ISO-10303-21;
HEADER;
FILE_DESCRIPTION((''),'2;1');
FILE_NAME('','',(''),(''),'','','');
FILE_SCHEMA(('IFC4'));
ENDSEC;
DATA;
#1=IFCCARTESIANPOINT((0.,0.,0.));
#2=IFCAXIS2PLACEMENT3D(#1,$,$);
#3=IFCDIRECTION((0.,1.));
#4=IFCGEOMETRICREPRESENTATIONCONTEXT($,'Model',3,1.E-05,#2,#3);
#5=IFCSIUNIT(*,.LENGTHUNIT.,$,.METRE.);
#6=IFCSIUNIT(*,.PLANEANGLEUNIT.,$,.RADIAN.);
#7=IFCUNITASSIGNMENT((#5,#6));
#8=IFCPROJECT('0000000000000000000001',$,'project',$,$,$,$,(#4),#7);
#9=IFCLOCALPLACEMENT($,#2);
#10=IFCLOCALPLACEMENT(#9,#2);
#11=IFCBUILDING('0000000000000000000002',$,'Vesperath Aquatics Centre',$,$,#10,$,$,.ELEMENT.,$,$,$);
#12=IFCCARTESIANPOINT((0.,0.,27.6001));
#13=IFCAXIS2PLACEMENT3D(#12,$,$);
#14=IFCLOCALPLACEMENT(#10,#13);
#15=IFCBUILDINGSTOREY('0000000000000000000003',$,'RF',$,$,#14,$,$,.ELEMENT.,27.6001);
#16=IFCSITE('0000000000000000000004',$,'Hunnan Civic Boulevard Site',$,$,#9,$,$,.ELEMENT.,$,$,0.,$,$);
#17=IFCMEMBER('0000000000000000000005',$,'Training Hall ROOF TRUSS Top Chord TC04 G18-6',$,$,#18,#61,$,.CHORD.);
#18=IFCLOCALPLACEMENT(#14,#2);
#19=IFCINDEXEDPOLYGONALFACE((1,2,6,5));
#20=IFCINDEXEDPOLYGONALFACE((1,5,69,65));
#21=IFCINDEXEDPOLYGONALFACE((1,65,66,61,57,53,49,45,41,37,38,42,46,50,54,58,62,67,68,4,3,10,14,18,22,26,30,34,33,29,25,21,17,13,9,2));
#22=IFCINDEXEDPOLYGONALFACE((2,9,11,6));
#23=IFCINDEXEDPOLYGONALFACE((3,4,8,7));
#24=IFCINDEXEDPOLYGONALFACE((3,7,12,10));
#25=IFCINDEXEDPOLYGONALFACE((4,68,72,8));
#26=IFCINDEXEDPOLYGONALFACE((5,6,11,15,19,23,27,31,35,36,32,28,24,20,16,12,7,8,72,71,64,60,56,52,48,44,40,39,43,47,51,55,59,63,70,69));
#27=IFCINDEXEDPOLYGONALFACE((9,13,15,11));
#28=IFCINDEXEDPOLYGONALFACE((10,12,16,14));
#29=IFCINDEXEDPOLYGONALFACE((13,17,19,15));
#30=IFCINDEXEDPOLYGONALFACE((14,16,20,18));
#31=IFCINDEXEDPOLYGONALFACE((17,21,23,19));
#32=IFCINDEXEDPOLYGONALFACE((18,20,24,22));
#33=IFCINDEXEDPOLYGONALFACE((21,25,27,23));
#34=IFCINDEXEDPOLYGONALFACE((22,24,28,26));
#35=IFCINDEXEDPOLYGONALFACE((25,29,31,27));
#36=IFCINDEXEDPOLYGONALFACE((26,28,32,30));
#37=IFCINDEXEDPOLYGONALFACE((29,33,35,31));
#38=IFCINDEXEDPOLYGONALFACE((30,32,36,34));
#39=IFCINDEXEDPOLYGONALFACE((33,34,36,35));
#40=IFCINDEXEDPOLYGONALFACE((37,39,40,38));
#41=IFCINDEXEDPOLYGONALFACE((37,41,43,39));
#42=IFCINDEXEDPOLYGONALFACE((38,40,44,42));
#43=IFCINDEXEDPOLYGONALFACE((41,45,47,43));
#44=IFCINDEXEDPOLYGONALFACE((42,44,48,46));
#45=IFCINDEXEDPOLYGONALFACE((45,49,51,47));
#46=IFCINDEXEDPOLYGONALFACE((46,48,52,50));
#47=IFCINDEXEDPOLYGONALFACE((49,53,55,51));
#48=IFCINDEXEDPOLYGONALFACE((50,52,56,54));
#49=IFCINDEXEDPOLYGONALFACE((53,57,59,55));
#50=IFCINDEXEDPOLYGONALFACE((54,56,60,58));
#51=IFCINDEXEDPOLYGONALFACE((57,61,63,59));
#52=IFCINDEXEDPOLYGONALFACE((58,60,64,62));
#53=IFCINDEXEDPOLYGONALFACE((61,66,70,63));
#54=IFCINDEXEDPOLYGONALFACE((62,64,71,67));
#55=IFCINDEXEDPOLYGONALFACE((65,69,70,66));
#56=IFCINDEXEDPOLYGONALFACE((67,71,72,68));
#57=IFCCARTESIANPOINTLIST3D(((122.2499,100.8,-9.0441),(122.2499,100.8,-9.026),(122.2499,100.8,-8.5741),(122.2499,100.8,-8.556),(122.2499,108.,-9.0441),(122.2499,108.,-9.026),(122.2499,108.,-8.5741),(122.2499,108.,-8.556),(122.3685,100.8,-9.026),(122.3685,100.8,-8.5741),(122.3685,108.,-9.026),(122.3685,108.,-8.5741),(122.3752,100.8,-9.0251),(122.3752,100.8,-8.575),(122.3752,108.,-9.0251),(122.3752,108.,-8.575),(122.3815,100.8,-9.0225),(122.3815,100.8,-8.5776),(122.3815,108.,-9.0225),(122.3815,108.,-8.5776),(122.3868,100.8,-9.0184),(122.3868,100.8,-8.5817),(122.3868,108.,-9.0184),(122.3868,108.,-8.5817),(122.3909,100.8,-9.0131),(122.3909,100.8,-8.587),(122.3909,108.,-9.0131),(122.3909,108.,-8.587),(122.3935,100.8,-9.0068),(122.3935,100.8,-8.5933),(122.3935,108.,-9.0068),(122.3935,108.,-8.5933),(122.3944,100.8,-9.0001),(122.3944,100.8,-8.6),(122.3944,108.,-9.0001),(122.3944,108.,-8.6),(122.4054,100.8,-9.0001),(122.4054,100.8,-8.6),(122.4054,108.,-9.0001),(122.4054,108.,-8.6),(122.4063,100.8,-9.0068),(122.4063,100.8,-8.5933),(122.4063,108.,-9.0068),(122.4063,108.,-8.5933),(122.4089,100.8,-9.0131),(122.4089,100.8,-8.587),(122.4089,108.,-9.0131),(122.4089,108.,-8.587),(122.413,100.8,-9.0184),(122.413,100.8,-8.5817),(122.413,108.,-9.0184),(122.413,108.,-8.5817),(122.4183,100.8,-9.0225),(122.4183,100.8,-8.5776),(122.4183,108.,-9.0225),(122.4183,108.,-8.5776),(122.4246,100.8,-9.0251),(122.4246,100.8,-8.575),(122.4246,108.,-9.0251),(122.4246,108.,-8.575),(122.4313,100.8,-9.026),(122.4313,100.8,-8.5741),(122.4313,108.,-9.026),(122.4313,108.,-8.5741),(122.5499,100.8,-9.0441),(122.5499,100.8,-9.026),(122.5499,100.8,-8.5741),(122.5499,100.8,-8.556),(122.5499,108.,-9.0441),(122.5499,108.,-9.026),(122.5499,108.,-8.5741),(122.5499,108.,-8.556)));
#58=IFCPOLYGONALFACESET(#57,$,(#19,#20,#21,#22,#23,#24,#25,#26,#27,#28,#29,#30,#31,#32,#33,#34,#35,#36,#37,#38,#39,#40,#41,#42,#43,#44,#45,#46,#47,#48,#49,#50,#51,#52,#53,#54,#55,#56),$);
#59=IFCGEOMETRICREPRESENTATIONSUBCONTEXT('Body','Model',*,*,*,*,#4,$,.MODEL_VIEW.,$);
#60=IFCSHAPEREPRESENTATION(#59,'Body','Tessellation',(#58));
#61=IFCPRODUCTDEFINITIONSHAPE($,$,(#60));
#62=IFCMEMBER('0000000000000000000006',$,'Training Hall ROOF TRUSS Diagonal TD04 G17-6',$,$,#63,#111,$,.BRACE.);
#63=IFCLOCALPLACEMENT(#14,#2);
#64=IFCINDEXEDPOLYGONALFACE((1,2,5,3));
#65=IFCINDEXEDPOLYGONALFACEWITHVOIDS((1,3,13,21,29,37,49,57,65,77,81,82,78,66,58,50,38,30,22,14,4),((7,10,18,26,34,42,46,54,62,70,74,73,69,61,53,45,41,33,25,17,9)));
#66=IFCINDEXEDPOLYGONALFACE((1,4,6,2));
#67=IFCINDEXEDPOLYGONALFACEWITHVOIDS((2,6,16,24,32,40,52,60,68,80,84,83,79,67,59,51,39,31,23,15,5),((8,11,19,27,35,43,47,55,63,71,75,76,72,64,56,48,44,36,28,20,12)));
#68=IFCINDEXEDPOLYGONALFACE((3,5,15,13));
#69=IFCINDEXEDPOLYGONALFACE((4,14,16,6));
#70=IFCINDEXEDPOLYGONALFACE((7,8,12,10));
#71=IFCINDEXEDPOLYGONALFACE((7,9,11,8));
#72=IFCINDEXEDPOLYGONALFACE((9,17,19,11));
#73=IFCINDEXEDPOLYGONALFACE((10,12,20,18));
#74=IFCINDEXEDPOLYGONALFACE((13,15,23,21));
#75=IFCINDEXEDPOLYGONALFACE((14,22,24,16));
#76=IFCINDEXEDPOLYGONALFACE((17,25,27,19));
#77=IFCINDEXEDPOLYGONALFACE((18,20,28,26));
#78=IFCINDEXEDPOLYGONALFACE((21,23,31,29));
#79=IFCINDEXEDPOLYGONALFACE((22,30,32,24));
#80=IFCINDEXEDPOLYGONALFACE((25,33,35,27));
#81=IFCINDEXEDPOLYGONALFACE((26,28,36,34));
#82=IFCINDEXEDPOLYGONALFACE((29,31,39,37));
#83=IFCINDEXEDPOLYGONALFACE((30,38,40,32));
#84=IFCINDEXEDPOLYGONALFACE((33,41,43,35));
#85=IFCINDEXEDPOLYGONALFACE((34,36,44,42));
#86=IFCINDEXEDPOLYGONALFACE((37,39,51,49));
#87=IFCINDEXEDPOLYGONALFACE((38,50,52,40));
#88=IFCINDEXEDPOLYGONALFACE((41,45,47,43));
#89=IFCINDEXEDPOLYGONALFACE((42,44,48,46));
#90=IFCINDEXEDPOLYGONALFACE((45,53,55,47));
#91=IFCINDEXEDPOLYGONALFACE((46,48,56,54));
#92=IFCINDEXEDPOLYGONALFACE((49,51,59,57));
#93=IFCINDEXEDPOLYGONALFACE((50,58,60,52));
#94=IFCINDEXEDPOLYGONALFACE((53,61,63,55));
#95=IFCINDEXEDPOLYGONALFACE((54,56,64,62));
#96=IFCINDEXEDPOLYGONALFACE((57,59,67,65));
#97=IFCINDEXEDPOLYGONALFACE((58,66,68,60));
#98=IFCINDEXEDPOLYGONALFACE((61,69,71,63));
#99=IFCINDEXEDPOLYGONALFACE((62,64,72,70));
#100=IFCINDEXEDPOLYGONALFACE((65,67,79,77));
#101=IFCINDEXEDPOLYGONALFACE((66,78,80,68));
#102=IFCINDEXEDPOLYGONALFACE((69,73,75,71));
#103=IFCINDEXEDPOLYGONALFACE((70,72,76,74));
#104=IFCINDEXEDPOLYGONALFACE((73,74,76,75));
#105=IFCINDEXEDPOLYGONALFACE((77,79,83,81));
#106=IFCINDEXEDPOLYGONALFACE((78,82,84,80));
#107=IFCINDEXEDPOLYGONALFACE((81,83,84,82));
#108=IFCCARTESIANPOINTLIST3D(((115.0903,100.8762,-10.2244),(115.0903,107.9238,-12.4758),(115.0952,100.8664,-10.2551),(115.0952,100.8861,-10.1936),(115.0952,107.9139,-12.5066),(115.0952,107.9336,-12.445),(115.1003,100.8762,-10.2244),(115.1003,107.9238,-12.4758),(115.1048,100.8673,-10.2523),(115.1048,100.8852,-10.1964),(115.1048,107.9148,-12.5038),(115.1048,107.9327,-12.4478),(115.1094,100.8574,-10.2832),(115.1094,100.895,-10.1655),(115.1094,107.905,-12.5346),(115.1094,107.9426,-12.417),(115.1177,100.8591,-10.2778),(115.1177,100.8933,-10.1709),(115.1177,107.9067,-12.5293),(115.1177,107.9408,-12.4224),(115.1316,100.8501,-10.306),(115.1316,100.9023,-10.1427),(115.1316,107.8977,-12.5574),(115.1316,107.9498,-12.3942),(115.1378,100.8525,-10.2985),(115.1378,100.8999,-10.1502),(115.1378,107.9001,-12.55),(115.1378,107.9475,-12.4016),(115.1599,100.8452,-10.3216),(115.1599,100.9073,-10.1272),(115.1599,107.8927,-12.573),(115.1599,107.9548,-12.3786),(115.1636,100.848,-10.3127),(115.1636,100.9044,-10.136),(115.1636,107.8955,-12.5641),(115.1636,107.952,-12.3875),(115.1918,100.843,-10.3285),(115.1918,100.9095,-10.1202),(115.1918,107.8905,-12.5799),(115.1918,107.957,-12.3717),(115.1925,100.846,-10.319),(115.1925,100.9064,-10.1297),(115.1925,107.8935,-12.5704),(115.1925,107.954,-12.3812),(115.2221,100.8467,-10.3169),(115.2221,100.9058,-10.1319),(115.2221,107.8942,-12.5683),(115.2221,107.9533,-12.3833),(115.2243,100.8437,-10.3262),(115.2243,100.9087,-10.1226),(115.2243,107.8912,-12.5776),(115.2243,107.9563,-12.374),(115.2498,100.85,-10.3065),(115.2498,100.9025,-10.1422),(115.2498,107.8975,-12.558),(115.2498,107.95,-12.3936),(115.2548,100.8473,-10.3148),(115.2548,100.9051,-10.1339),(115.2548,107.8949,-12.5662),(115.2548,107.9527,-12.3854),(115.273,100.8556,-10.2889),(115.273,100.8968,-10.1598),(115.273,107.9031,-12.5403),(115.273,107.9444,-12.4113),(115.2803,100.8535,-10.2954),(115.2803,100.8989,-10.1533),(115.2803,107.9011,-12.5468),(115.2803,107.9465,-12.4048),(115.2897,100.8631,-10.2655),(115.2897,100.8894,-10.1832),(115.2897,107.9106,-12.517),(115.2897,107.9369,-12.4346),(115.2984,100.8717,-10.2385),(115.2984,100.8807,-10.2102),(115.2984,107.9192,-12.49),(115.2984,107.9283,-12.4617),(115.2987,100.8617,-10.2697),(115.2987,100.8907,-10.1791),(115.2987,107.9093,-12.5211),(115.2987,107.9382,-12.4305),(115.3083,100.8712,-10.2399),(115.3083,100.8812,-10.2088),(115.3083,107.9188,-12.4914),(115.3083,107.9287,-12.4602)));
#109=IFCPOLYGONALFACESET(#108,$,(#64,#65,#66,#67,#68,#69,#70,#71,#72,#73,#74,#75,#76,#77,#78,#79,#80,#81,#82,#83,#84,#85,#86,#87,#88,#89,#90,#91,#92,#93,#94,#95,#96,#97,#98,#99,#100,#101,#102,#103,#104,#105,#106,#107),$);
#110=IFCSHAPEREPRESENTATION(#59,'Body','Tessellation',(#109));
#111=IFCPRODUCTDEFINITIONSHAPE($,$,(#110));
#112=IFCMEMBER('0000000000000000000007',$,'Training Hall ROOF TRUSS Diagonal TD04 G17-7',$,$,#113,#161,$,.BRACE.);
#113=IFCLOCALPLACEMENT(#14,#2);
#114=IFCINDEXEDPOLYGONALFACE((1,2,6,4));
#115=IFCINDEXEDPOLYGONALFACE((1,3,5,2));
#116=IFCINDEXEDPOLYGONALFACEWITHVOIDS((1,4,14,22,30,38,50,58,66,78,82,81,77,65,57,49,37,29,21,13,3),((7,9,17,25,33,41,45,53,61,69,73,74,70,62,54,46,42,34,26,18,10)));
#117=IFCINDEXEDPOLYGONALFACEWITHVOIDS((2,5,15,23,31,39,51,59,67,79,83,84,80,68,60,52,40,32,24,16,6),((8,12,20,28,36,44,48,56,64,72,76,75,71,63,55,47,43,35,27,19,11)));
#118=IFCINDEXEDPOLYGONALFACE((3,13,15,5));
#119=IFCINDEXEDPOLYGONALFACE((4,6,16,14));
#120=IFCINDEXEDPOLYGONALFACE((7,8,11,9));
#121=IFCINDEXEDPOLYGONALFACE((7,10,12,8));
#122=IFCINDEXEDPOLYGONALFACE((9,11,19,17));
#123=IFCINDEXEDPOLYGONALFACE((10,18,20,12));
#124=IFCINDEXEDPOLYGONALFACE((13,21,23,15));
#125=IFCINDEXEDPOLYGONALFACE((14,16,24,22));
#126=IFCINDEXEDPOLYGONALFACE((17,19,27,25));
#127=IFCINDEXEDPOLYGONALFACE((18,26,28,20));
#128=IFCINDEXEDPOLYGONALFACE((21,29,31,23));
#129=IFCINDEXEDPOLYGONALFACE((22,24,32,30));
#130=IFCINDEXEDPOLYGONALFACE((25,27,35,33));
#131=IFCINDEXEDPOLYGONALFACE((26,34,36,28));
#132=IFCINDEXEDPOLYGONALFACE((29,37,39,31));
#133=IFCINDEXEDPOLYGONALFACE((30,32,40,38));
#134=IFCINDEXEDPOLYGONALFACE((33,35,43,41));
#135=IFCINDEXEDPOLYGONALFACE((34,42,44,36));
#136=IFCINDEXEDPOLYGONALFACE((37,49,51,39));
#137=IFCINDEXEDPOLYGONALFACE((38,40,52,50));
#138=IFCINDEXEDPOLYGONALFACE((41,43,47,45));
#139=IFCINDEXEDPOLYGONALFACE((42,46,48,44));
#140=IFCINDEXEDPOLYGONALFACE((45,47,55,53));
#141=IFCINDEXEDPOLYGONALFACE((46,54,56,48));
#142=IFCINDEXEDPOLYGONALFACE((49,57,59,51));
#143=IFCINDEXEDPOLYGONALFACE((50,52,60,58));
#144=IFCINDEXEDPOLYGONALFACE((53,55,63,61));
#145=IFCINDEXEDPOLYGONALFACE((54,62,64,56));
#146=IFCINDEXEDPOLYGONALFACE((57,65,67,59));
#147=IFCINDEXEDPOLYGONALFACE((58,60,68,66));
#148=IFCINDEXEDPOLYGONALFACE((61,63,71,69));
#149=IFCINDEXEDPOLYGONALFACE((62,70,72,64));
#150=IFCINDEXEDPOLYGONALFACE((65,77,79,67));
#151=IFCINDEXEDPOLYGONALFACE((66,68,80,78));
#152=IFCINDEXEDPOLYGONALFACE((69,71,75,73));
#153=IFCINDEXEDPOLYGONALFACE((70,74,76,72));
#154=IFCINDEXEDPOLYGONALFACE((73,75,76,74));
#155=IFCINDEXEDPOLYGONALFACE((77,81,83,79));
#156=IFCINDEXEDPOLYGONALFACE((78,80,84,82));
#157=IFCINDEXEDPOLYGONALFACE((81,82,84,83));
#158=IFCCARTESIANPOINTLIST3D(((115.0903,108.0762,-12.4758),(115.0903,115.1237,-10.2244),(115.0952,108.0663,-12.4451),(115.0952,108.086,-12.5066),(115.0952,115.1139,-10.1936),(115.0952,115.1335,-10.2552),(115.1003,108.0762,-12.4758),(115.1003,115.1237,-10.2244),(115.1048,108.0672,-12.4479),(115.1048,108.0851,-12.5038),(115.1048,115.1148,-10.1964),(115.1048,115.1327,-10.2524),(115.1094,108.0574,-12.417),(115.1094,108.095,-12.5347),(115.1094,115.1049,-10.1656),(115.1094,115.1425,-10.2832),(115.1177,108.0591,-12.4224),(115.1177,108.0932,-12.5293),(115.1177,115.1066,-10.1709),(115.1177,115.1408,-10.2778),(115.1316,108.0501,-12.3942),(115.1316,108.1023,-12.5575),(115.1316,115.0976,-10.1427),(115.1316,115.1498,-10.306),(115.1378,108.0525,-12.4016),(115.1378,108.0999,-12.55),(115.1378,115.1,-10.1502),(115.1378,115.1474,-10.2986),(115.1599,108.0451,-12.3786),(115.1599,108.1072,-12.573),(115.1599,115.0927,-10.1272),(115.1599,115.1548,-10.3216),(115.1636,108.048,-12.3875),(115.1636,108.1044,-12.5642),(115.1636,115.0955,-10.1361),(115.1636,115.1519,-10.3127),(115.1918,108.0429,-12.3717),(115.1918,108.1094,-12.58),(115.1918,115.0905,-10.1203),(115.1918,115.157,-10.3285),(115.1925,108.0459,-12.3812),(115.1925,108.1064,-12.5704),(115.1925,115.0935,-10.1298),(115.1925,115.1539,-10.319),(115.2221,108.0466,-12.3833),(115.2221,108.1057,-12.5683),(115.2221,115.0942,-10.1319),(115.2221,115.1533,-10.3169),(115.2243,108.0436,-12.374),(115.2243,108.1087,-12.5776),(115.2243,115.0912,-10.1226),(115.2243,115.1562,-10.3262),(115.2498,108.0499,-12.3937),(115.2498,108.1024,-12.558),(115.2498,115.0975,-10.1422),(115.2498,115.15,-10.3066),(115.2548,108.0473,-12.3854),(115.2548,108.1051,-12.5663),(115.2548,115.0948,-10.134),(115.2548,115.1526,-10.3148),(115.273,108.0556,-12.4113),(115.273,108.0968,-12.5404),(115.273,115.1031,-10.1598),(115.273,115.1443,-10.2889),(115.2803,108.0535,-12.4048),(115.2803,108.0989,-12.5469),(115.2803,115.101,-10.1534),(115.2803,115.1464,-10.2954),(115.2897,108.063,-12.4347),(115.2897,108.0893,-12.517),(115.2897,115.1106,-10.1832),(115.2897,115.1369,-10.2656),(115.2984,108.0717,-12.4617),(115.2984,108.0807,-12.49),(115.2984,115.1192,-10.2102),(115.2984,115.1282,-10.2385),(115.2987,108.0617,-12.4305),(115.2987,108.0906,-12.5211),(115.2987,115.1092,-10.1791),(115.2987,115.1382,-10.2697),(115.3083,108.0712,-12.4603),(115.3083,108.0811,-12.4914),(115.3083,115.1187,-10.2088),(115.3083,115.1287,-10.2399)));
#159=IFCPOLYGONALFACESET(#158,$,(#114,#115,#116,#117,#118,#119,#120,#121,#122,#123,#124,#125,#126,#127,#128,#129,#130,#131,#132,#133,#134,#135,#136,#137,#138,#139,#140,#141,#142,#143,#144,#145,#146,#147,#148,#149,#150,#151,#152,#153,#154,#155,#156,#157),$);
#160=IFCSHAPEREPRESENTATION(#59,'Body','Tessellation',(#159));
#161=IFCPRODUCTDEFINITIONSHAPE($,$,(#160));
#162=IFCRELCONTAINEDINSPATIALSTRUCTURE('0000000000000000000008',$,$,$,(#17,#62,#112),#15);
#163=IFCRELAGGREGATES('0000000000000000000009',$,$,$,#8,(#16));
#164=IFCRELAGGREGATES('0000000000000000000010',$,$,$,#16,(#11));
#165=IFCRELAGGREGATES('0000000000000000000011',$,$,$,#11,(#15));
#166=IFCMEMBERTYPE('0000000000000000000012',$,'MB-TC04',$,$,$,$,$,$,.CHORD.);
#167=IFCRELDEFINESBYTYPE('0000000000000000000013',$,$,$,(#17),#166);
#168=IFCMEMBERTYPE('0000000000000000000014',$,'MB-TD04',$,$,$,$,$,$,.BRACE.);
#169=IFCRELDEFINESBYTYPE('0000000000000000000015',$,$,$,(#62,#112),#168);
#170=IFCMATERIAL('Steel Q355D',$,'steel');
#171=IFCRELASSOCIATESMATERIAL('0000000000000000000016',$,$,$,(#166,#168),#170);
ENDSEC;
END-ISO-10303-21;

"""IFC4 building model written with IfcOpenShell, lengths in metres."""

from ifc_helpers import new_model, si_unit, direction, frame, origin, origin_2d, place, context, subcontext, project, spatial, hollow_circle, i_section, extrude, material, material_profile, profile_set, type_object, element, save


model = new_model("IFC4")

# Units and contexts
model_context = context("Model", 3, precision=1e-05, world=origin(), true_north=direction((0.0, 1.0)))
body_context = subcontext(model_context, "Body", "Model", "MODEL_VIEW")
ifc_project = project(units=[si_unit("LENGTHUNIT", "METRE"), si_unit("PLANEANGLEUNIT", "RADIAN")], contexts=[model_context])

# Site, building, storey
site_placement = place(None, origin())
site = spatial("IfcSite", under=ifc_project, at=site_placement, Name="Hunnan Civic Boulevard Site", CompositionType="ELEMENT", RefElevation=0.0)
building_placement = place(site_placement, origin())
building = spatial("IfcBuilding", under=site, at=building_placement, Name="Vesperath Aquatics Centre", CompositionType="ELEMENT")
storey_placement = place(building_placement, frame((0.0, 0.0, 27.6001)))
storey = spatial("IfcBuildingStorey", under=building, at=storey_placement, Name="RF", CompositionType="ELEMENT", Elevation=27.6001)

# Members
ifc_material_1 = material(Name="Steel Q355D", Category="steel")
ifc_material_profile_1 = material_profile(ifc_material_1, i_section(OverallWidth=0.3, OverallDepth=0.488, WebThickness=0.011, FlangeThickness=0.0181, FilletRadius=0.0259, at=origin_2d()), Name="HM 488x300x11x18")
ifc_profile_set_1 = profile_set([ifc_material_profile_1], Name="Steel Q355D")
member_type_1 = type_object("IfcMemberType", Name="MB-TC04", PredefinedType="CHORD", material=ifc_profile_set_1)
for number, where, z_axis, x_axis, name in (
    (1, (122.3999, 100.8, -8.8), (0.0, 1.0, 0.0), (-1.0, 0.0, 0.0), "Training Hall ROOF TRUSS Top Chord TC04 G18-6"),
):
    element("IfcMember", number, at=place(storey_placement, frame(where, z_axis=z_axis, x_axis=x_axis)), inside=storey, type_object=member_type_1, Name=name, PredefinedType="CHORD", context=body_context, shape_type="SweptSolid", body=[
        extrude(i_section(OverallWidth=0.3, OverallDepth=0.488, WebThickness=0.011, FlangeThickness=0.0181, FilletRadius=0.0259, at=origin_2d()), origin(), (0.0, 0.0, 1.0), 7.2),
    ])
ifc_material_profile_2 = material_profile(ifc_material_1, hollow_circle(Radius=0.1096, WallThickness=0.01, at=origin_2d()), Name="CHS 219.1x10")
ifc_profile_set_2 = profile_set([ifc_material_profile_2], Name="Steel Q355D")
member_type_2 = type_object("IfcMemberType", Name="MB-TD04", PredefinedType="BRACE", material=ifc_profile_set_2)
for number, where, z_axis, x_axis, name in (
    (2, (115.2, 100.8762, -10.2244), (0.0, 0.952572, -0.304314), (-1.0, 0.0, 0.0), "Training Hall ROOF TRUSS Diagonal TD04 G17-6"),
    (3, (115.2, 108.0762, -12.4758), (0.0, 0.952572, 0.304314), (-1.0, 0.0, 0.0), "Training Hall ROOF TRUSS Diagonal TD04 G17-7"),
):
    element("IfcMember", number, at=place(storey_placement, frame(where, z_axis=z_axis, x_axis=x_axis)), inside=storey, type_object=member_type_2, Name=name, PredefinedType="BRACE", context=body_context, shape_type="SweptSolid", body=[
        extrude(hollow_circle(Radius=0.1096, WallThickness=0.01, at=origin_2d()), origin(), (0.0, 0.0, 1.0), 7.3984),
    ])

save(model, "model.ifc")
